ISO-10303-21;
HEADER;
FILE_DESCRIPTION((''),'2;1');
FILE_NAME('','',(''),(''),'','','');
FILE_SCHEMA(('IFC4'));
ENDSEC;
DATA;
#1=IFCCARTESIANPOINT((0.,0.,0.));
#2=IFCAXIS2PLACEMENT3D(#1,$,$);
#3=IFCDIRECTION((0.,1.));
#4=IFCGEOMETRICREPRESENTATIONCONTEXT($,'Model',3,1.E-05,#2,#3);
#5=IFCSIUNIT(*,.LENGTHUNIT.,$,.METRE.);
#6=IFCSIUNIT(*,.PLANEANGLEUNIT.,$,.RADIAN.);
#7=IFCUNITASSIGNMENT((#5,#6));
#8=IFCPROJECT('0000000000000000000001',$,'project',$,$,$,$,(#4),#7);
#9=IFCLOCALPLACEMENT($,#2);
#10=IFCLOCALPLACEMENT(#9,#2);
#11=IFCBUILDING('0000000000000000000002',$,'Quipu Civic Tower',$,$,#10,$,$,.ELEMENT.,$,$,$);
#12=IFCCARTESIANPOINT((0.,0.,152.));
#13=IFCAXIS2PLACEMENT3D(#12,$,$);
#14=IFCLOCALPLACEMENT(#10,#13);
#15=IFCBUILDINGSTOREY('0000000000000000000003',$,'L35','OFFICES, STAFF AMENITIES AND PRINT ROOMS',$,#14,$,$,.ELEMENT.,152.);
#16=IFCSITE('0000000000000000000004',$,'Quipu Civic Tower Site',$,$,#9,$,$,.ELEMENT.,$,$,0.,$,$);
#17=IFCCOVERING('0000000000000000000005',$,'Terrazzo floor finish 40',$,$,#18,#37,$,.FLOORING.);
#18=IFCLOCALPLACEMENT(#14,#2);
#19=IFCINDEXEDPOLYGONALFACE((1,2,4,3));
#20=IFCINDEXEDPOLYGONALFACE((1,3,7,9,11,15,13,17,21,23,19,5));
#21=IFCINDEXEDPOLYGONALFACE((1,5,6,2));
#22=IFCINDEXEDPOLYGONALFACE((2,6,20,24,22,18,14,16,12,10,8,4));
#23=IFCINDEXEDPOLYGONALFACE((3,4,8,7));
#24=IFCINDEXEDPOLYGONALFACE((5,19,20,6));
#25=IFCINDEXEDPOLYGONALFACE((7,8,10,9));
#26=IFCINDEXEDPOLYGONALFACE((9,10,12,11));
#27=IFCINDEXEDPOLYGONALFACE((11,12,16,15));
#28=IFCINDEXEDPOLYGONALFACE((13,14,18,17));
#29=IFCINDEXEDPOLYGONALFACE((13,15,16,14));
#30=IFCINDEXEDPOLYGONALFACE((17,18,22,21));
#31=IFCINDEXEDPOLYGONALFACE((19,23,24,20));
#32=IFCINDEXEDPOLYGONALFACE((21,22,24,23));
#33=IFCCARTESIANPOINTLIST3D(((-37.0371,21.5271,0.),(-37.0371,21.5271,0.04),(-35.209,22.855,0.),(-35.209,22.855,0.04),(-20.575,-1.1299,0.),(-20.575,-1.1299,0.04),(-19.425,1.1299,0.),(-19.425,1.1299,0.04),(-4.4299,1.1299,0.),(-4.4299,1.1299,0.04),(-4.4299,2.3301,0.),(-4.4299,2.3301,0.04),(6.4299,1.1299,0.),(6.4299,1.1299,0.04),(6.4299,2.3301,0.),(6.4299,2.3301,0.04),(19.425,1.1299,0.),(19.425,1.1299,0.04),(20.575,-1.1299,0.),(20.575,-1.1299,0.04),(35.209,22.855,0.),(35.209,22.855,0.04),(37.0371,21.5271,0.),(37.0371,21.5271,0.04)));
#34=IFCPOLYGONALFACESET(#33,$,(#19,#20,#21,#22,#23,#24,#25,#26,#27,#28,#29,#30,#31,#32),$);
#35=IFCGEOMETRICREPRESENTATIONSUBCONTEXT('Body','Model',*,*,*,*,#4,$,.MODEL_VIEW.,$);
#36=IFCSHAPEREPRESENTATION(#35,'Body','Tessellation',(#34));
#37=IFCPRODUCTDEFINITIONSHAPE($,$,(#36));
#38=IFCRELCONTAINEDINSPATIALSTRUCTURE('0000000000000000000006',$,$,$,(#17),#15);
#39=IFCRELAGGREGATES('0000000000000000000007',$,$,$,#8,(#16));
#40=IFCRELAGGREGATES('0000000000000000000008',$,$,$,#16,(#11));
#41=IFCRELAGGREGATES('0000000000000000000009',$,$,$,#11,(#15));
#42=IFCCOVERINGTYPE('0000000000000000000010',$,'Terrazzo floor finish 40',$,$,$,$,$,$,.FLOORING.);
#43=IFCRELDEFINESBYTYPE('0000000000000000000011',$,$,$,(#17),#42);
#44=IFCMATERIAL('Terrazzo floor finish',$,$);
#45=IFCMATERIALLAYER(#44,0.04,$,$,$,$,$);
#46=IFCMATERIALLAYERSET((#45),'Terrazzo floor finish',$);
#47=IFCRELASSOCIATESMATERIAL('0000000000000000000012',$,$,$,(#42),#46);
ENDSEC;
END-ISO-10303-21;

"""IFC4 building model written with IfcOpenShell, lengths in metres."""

from ifc_helpers import new_model, si_unit, direction, frame, origin, place, context, subcontext, project, spatial, polyline, outline, extrude, material, layer, layer_set, type_object, element, save


model = new_model("IFC4")

# Units and contexts
model_context = context("Model", 3, precision=1e-05, world=origin(), true_north=direction((0.0, 1.0)))
body_context = subcontext(model_context, "Body", "Model", "MODEL_VIEW")
ifc_project = project(units=[si_unit("LENGTHUNIT", "METRE"), si_unit("PLANEANGLEUNIT", "RADIAN")], contexts=[model_context])

# Site, building, storey
site_placement = place(None, origin())
site = spatial("IfcSite", under=ifc_project, at=site_placement, Name="Quipu Civic Tower Site", CompositionType="ELEMENT", RefElevation=0.0)
building_placement = place(site_placement, origin())
building = spatial("IfcBuilding", under=site, at=building_placement, Name="Quipu Civic Tower", CompositionType="ELEMENT")
storey_placement = place(building_placement, frame((0.0, 0.0, 152.0)))
storey = spatial("IfcBuildingStorey", under=building, at=storey_placement, Name="L35", Description="OFFICES, STAFF AMENITIES AND PRINT ROOMS", CompositionType="ELEMENT", Elevation=152.0)

# Covering
ifc_material_1 = material(Name="Terrazzo floor finish")
ifc_layer_1 = layer(ifc_material_1, 0.04)
ifc_layer_set_1 = layer_set([ifc_layer_1], Name="Terrazzo floor finish")
covering_type_1 = type_object("IfcCoveringType", Name="Terrazzo floor finish 40", PredefinedType="FLOORING", material=ifc_layer_set_1)
covering_1_placement = place(storey_placement, origin())
element("IfcCovering", 1, at=covering_1_placement, inside=storey, type_object=covering_type_1, Name="Terrazzo floor finish 40", PredefinedType="FLOORING", context=body_context, shape_type="SweptSolid", body=[
    extrude(outline(polyline([(19.425, 1.1299), (35.209, 22.855), (37.0371, 21.5271), (20.575, -1.1299), (-20.575, -1.1299), (-37.0371, 21.5271), (-35.209, 22.855), (-19.425, 1.1299), (-4.4299, 1.1299), (-4.4299, 2.3301), (6.4299, 2.3301), (6.4299, 1.1299), (19.425, 1.1299)])), origin(), (0.0, 0.0, 1.0), 0.04),
])

save(model, "model.ifc")
